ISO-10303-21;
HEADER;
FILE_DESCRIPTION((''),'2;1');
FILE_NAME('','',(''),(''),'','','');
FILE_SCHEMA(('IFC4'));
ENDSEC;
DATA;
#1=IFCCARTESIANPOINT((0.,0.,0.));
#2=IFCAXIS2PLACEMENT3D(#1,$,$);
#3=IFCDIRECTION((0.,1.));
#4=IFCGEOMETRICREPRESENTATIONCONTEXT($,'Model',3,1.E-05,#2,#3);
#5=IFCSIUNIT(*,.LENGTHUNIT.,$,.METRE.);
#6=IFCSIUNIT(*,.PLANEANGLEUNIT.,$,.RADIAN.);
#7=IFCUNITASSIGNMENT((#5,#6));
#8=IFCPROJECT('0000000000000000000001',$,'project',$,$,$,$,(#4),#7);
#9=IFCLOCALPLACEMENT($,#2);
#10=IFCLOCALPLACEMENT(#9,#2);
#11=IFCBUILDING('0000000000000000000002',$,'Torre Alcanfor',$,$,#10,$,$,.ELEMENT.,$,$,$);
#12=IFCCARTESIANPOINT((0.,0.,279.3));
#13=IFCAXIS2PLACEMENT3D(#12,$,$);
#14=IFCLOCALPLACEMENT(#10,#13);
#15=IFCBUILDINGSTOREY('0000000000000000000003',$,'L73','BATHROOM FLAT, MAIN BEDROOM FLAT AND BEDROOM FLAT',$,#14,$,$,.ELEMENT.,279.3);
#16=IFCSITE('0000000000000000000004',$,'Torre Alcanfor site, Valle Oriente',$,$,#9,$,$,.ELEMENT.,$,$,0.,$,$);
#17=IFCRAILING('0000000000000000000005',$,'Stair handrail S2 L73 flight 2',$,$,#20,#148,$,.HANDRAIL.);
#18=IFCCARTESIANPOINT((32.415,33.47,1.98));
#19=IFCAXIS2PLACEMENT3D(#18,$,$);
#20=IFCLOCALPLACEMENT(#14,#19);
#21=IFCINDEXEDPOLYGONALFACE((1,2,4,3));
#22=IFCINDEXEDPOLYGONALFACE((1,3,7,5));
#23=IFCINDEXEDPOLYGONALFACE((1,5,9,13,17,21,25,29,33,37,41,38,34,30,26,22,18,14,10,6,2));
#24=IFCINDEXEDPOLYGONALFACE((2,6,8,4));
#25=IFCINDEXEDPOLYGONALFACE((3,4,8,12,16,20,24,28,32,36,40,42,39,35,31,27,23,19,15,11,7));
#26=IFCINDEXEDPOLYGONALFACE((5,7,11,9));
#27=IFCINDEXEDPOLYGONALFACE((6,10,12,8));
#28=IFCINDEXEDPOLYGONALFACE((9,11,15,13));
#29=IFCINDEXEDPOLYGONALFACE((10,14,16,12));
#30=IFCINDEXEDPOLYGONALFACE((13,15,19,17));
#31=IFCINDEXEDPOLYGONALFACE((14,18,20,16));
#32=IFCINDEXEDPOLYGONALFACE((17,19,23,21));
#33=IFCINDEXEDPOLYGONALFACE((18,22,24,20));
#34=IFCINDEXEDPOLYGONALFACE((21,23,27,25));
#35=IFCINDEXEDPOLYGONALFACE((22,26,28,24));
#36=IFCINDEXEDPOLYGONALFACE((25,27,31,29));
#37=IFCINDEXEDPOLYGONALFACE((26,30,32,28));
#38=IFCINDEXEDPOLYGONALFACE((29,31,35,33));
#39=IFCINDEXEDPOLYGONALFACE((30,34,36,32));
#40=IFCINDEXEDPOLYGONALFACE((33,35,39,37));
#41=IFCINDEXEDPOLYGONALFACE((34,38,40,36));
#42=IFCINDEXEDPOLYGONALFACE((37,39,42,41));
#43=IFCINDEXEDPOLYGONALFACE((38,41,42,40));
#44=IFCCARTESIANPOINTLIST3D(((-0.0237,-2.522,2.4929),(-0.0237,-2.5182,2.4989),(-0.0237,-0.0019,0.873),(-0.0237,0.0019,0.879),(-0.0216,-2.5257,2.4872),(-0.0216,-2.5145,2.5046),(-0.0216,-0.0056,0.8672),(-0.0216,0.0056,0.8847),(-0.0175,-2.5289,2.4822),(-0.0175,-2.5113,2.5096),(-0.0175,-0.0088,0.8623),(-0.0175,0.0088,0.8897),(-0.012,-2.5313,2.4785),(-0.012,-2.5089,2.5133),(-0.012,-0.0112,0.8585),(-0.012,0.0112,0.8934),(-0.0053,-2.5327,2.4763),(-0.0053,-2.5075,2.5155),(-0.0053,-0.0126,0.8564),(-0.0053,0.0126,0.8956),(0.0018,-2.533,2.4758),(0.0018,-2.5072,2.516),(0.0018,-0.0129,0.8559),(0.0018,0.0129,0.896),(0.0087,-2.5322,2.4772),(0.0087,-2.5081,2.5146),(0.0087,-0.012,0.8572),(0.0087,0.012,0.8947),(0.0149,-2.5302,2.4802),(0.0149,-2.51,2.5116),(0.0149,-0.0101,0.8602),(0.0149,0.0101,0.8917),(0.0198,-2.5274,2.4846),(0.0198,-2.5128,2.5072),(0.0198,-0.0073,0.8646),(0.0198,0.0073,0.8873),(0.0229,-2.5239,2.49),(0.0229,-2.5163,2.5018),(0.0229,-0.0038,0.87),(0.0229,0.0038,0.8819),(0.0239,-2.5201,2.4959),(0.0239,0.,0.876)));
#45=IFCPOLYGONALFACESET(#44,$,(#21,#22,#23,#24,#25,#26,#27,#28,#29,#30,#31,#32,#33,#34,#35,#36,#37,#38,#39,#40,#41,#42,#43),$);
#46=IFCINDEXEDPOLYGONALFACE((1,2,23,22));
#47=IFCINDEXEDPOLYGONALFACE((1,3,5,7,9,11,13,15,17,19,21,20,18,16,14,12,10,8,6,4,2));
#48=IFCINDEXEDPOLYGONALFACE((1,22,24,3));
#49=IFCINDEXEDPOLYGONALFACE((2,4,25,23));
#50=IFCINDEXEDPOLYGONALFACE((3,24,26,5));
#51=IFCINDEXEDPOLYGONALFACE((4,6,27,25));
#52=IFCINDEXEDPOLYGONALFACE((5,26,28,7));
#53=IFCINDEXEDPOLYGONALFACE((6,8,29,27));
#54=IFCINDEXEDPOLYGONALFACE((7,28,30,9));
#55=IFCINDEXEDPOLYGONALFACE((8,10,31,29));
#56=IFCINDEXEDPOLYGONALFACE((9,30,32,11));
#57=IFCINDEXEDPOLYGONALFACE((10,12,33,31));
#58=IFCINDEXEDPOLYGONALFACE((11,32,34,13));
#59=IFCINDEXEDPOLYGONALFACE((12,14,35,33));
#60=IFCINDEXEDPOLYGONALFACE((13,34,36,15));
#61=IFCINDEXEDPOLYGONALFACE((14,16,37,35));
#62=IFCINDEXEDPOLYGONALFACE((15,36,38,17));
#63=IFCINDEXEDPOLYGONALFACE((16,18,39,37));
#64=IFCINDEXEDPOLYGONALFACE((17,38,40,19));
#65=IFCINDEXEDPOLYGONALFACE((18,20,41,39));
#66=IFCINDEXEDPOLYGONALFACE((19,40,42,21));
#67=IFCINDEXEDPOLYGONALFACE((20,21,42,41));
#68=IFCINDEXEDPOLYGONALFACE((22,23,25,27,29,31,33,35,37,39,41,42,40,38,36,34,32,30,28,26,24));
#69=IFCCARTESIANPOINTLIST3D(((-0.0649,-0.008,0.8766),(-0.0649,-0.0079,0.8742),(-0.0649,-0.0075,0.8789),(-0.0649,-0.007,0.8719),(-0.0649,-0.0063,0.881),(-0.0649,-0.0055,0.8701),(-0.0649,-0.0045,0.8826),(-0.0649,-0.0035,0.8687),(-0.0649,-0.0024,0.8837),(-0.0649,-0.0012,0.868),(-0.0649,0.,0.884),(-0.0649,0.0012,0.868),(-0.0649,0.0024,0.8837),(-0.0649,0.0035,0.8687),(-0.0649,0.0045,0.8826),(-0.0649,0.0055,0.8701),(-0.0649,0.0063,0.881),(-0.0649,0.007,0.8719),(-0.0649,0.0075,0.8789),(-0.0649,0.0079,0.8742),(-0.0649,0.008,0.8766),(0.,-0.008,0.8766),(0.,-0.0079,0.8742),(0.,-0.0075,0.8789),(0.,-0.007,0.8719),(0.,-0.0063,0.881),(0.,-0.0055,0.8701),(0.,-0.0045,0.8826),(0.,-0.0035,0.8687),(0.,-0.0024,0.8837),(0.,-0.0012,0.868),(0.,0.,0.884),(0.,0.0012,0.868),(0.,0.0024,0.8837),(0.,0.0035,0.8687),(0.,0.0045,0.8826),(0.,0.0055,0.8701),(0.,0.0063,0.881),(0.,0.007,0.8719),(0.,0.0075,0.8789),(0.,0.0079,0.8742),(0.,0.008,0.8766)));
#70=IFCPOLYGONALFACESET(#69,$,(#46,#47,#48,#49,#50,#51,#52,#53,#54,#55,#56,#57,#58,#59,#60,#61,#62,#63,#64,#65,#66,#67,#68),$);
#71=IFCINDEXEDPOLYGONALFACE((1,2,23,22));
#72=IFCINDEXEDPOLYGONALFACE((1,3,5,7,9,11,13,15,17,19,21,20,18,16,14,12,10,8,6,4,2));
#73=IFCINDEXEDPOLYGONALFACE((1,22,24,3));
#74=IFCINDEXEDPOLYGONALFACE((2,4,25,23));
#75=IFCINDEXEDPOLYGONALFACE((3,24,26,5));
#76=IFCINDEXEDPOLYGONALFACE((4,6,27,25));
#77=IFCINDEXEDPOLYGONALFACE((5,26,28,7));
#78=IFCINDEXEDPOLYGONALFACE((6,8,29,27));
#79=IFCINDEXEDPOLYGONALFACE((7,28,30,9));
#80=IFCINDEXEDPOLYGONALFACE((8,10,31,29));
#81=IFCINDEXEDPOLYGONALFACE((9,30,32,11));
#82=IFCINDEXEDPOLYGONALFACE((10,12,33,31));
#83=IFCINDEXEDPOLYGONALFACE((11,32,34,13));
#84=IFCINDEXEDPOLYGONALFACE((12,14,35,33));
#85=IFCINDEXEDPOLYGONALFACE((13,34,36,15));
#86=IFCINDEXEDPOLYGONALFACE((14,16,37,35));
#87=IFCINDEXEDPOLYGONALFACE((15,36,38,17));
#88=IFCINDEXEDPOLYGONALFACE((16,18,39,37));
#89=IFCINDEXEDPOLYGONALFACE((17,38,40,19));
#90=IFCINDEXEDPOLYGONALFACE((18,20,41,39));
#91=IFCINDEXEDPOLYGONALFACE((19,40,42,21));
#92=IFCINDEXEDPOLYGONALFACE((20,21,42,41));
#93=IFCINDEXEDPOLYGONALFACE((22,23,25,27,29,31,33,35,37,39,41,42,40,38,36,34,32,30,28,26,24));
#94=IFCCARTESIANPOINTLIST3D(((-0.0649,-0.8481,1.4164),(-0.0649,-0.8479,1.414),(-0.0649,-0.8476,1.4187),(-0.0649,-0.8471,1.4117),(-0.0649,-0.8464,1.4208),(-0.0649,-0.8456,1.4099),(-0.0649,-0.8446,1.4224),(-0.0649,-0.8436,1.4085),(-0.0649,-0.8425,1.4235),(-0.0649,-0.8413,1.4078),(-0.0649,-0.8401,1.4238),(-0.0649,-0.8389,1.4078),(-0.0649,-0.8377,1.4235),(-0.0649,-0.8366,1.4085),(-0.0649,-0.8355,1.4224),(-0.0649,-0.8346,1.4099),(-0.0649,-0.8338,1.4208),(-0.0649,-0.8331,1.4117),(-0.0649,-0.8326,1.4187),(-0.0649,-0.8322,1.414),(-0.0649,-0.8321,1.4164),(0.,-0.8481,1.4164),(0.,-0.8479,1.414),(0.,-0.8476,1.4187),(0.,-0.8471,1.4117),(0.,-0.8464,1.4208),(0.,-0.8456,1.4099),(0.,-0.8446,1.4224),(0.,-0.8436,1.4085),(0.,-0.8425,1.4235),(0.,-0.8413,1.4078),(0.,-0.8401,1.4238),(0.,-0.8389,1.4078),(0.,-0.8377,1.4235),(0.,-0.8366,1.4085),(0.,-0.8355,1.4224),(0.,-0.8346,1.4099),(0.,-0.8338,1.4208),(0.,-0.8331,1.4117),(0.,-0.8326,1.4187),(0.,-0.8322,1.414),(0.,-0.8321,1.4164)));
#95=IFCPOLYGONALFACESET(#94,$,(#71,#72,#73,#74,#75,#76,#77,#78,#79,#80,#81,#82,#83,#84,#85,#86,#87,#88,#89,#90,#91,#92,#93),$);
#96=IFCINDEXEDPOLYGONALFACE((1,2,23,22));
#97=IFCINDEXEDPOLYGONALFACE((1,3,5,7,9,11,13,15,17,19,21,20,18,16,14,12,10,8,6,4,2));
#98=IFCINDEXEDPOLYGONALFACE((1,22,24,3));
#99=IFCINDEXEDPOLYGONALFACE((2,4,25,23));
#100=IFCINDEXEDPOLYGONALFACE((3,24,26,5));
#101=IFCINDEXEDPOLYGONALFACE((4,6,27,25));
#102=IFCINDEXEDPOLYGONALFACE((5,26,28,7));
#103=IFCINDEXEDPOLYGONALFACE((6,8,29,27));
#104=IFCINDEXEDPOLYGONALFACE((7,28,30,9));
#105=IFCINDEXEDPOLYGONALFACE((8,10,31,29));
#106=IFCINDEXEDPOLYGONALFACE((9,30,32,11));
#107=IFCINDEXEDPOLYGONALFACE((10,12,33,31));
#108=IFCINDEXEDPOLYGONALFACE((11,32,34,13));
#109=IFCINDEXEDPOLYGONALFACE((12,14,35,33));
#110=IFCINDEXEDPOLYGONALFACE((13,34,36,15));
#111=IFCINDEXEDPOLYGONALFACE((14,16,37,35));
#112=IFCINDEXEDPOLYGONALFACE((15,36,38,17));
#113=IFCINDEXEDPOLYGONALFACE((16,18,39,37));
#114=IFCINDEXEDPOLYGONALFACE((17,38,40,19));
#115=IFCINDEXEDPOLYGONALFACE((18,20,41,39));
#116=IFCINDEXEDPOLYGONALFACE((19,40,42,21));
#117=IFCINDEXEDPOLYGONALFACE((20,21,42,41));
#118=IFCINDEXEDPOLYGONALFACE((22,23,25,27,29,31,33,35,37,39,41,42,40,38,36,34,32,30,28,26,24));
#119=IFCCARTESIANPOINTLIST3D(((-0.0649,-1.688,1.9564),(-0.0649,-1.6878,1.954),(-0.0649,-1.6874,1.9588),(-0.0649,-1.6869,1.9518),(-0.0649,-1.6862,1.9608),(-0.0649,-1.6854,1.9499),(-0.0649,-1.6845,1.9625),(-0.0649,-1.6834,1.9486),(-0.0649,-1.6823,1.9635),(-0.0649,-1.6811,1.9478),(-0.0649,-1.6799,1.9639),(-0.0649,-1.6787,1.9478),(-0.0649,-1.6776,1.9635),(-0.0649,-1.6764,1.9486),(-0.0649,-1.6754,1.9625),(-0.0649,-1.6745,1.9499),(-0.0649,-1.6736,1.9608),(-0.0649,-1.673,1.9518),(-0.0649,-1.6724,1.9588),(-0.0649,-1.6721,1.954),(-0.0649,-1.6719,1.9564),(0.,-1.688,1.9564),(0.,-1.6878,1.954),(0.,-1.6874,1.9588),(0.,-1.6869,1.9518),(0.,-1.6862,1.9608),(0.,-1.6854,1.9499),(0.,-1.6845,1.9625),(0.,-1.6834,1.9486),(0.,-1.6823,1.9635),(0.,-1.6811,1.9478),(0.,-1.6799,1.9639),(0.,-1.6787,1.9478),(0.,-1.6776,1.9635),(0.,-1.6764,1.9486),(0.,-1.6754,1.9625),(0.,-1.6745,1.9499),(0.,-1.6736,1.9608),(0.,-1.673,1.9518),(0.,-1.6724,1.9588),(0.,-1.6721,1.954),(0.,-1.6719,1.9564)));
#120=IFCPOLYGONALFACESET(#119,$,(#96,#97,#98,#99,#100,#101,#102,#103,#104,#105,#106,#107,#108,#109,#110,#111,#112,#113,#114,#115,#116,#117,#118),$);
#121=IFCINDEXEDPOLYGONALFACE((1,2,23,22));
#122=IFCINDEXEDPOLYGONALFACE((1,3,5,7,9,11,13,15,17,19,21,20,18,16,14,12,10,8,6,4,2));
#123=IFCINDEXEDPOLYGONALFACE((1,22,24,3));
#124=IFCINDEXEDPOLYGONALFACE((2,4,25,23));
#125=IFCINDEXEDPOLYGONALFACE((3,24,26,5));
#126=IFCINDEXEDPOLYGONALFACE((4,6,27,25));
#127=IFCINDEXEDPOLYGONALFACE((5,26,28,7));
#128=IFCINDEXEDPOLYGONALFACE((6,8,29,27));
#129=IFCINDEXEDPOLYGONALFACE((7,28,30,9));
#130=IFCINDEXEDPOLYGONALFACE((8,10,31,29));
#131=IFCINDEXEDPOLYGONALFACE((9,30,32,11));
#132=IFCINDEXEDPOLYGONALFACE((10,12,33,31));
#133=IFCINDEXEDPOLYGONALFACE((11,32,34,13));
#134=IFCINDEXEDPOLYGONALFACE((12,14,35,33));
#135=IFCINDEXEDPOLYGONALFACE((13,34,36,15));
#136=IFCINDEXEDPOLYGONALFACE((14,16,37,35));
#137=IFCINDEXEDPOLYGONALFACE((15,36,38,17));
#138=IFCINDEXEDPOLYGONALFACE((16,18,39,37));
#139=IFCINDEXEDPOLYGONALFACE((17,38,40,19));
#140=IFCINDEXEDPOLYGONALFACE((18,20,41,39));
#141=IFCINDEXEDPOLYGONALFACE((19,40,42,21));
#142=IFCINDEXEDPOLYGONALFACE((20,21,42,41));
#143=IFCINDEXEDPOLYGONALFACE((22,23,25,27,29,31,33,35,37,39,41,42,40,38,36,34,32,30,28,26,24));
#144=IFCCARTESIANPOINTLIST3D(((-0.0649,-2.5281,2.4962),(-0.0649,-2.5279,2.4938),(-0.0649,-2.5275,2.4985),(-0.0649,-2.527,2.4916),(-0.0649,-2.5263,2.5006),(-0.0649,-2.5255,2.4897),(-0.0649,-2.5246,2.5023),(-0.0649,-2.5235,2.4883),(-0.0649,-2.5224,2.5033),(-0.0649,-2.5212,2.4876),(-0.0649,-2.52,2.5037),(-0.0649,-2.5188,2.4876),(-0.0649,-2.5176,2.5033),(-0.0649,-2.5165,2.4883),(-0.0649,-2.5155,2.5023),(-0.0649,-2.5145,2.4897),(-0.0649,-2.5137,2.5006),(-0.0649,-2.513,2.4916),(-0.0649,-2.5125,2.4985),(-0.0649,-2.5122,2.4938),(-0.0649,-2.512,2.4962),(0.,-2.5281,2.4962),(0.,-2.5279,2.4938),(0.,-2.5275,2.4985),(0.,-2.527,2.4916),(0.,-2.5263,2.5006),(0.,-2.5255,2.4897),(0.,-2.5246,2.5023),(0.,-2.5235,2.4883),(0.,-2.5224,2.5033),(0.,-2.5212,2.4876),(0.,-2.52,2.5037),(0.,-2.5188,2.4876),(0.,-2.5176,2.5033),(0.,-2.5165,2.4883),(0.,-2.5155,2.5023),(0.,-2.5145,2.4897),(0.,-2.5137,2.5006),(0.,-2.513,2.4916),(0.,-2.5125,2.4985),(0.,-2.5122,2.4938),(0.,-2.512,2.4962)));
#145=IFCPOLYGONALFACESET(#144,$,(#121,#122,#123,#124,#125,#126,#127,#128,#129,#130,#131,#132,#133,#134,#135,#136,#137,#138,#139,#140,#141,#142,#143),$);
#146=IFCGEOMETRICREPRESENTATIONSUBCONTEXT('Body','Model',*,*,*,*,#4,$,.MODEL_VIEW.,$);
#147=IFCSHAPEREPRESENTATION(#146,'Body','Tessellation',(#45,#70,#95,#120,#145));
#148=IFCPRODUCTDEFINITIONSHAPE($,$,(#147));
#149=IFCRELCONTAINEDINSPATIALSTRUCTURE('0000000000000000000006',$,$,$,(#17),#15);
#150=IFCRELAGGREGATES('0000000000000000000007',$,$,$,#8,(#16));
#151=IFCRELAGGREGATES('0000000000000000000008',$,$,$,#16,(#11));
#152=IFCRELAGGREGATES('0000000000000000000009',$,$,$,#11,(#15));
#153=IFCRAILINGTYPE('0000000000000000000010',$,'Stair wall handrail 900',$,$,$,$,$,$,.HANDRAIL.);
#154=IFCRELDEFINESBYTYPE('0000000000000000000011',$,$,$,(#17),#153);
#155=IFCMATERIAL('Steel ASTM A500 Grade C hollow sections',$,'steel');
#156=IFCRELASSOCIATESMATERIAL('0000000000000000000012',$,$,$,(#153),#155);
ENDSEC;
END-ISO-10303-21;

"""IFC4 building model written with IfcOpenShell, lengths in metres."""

from ifc_helpers import new_model, si_unit, direction, frame, origin, origin_2d, place, context, subcontext, project, spatial, circle, extrude, material, type_object, element, save


model = new_model("IFC4")

# Units and contexts
model_context = context("Model", 3, precision=1e-05, world=origin(), true_north=direction((0.0, 1.0)))
body_context = subcontext(model_context, "Body", "Model", "MODEL_VIEW")
ifc_project = project(units=[si_unit("LENGTHUNIT", "METRE"), si_unit("PLANEANGLEUNIT", "RADIAN")], contexts=[model_context])

# Site, building, storey
site_placement = place(None, origin())
site = spatial("IfcSite", under=ifc_project, at=site_placement, Name="Torre Alcanfor site, Valle Oriente", CompositionType="ELEMENT", RefElevation=0.0)
building_placement = place(site_placement, origin())
building = spatial("IfcBuilding", under=site, at=building_placement, Name="Torre Alcanfor", CompositionType="ELEMENT")
storey_placement = place(building_placement, frame((0.0, 0.0, 279.3)))
storey = spatial("IfcBuildingStorey", under=building, at=storey_placement, Name="L73", Description="BATHROOM FLAT, MAIN BEDROOM FLAT AND BEDROOM FLAT", CompositionType="ELEMENT", Elevation=279.3)

# Railing
ifc_material_1 = material(Name="Steel ASTM A500 Grade C hollow sections", Category="steel")
railing_type_1 = type_object("IfcRailingType", Name="Stair wall handrail 900", PredefinedType="HANDRAIL", material=ifc_material_1)
railing_1_placement = place(storey_placement, frame((32.415, 33.47, 1.98)))
element("IfcRailing", 1, at=railing_1_placement, inside=storey, type_object=railing_type_1, Name="Stair handrail S2 L73 flight 2", PredefinedType="HANDRAIL", context=body_context, shape_type="SweptSolid", body=[
    extrude(circle(Radius=0.0239, at=origin_2d()), frame((0.0, 0.0, 0.876), z_axis=(0.0, -0.8412, 0.540725), x_axis=(1.0, 0.0, 0.0)), (0.0, 0.0, 1.0), 2.9958),
    extrude(circle(Radius=0.0081, at=origin_2d()), frame((0.0, 0.0, 0.876), z_axis=(-1.0, 0.0, 0.0), x_axis=(0.0, 0.0, 1.0)), (0.0, 0.0, 1.0), 0.0649),
    extrude(circle(Radius=0.0081, at=origin_2d()), frame((0.0, -0.8401, 1.4158), z_axis=(-1.0, 0.0, 0.0), x_axis=(0.0, 0.0, 1.0)), (0.0, 0.0, 1.0), 0.0649),
    extrude(circle(Radius=0.0081, at=origin_2d()), frame((0.0, -1.6799, 1.9558), z_axis=(-1.0, 0.0, 0.0), x_axis=(0.0, 0.0, 1.0)), (0.0, 0.0, 1.0), 0.0649),
    extrude(circle(Radius=0.0081, at=origin_2d()), frame((0.0, -2.52, 2.4956), z_axis=(-1.0, 0.0, 0.0), x_axis=(0.0, 0.0, 1.0)), (0.0, 0.0, 1.0), 0.0649),
])

save(model, "model.ifc")
